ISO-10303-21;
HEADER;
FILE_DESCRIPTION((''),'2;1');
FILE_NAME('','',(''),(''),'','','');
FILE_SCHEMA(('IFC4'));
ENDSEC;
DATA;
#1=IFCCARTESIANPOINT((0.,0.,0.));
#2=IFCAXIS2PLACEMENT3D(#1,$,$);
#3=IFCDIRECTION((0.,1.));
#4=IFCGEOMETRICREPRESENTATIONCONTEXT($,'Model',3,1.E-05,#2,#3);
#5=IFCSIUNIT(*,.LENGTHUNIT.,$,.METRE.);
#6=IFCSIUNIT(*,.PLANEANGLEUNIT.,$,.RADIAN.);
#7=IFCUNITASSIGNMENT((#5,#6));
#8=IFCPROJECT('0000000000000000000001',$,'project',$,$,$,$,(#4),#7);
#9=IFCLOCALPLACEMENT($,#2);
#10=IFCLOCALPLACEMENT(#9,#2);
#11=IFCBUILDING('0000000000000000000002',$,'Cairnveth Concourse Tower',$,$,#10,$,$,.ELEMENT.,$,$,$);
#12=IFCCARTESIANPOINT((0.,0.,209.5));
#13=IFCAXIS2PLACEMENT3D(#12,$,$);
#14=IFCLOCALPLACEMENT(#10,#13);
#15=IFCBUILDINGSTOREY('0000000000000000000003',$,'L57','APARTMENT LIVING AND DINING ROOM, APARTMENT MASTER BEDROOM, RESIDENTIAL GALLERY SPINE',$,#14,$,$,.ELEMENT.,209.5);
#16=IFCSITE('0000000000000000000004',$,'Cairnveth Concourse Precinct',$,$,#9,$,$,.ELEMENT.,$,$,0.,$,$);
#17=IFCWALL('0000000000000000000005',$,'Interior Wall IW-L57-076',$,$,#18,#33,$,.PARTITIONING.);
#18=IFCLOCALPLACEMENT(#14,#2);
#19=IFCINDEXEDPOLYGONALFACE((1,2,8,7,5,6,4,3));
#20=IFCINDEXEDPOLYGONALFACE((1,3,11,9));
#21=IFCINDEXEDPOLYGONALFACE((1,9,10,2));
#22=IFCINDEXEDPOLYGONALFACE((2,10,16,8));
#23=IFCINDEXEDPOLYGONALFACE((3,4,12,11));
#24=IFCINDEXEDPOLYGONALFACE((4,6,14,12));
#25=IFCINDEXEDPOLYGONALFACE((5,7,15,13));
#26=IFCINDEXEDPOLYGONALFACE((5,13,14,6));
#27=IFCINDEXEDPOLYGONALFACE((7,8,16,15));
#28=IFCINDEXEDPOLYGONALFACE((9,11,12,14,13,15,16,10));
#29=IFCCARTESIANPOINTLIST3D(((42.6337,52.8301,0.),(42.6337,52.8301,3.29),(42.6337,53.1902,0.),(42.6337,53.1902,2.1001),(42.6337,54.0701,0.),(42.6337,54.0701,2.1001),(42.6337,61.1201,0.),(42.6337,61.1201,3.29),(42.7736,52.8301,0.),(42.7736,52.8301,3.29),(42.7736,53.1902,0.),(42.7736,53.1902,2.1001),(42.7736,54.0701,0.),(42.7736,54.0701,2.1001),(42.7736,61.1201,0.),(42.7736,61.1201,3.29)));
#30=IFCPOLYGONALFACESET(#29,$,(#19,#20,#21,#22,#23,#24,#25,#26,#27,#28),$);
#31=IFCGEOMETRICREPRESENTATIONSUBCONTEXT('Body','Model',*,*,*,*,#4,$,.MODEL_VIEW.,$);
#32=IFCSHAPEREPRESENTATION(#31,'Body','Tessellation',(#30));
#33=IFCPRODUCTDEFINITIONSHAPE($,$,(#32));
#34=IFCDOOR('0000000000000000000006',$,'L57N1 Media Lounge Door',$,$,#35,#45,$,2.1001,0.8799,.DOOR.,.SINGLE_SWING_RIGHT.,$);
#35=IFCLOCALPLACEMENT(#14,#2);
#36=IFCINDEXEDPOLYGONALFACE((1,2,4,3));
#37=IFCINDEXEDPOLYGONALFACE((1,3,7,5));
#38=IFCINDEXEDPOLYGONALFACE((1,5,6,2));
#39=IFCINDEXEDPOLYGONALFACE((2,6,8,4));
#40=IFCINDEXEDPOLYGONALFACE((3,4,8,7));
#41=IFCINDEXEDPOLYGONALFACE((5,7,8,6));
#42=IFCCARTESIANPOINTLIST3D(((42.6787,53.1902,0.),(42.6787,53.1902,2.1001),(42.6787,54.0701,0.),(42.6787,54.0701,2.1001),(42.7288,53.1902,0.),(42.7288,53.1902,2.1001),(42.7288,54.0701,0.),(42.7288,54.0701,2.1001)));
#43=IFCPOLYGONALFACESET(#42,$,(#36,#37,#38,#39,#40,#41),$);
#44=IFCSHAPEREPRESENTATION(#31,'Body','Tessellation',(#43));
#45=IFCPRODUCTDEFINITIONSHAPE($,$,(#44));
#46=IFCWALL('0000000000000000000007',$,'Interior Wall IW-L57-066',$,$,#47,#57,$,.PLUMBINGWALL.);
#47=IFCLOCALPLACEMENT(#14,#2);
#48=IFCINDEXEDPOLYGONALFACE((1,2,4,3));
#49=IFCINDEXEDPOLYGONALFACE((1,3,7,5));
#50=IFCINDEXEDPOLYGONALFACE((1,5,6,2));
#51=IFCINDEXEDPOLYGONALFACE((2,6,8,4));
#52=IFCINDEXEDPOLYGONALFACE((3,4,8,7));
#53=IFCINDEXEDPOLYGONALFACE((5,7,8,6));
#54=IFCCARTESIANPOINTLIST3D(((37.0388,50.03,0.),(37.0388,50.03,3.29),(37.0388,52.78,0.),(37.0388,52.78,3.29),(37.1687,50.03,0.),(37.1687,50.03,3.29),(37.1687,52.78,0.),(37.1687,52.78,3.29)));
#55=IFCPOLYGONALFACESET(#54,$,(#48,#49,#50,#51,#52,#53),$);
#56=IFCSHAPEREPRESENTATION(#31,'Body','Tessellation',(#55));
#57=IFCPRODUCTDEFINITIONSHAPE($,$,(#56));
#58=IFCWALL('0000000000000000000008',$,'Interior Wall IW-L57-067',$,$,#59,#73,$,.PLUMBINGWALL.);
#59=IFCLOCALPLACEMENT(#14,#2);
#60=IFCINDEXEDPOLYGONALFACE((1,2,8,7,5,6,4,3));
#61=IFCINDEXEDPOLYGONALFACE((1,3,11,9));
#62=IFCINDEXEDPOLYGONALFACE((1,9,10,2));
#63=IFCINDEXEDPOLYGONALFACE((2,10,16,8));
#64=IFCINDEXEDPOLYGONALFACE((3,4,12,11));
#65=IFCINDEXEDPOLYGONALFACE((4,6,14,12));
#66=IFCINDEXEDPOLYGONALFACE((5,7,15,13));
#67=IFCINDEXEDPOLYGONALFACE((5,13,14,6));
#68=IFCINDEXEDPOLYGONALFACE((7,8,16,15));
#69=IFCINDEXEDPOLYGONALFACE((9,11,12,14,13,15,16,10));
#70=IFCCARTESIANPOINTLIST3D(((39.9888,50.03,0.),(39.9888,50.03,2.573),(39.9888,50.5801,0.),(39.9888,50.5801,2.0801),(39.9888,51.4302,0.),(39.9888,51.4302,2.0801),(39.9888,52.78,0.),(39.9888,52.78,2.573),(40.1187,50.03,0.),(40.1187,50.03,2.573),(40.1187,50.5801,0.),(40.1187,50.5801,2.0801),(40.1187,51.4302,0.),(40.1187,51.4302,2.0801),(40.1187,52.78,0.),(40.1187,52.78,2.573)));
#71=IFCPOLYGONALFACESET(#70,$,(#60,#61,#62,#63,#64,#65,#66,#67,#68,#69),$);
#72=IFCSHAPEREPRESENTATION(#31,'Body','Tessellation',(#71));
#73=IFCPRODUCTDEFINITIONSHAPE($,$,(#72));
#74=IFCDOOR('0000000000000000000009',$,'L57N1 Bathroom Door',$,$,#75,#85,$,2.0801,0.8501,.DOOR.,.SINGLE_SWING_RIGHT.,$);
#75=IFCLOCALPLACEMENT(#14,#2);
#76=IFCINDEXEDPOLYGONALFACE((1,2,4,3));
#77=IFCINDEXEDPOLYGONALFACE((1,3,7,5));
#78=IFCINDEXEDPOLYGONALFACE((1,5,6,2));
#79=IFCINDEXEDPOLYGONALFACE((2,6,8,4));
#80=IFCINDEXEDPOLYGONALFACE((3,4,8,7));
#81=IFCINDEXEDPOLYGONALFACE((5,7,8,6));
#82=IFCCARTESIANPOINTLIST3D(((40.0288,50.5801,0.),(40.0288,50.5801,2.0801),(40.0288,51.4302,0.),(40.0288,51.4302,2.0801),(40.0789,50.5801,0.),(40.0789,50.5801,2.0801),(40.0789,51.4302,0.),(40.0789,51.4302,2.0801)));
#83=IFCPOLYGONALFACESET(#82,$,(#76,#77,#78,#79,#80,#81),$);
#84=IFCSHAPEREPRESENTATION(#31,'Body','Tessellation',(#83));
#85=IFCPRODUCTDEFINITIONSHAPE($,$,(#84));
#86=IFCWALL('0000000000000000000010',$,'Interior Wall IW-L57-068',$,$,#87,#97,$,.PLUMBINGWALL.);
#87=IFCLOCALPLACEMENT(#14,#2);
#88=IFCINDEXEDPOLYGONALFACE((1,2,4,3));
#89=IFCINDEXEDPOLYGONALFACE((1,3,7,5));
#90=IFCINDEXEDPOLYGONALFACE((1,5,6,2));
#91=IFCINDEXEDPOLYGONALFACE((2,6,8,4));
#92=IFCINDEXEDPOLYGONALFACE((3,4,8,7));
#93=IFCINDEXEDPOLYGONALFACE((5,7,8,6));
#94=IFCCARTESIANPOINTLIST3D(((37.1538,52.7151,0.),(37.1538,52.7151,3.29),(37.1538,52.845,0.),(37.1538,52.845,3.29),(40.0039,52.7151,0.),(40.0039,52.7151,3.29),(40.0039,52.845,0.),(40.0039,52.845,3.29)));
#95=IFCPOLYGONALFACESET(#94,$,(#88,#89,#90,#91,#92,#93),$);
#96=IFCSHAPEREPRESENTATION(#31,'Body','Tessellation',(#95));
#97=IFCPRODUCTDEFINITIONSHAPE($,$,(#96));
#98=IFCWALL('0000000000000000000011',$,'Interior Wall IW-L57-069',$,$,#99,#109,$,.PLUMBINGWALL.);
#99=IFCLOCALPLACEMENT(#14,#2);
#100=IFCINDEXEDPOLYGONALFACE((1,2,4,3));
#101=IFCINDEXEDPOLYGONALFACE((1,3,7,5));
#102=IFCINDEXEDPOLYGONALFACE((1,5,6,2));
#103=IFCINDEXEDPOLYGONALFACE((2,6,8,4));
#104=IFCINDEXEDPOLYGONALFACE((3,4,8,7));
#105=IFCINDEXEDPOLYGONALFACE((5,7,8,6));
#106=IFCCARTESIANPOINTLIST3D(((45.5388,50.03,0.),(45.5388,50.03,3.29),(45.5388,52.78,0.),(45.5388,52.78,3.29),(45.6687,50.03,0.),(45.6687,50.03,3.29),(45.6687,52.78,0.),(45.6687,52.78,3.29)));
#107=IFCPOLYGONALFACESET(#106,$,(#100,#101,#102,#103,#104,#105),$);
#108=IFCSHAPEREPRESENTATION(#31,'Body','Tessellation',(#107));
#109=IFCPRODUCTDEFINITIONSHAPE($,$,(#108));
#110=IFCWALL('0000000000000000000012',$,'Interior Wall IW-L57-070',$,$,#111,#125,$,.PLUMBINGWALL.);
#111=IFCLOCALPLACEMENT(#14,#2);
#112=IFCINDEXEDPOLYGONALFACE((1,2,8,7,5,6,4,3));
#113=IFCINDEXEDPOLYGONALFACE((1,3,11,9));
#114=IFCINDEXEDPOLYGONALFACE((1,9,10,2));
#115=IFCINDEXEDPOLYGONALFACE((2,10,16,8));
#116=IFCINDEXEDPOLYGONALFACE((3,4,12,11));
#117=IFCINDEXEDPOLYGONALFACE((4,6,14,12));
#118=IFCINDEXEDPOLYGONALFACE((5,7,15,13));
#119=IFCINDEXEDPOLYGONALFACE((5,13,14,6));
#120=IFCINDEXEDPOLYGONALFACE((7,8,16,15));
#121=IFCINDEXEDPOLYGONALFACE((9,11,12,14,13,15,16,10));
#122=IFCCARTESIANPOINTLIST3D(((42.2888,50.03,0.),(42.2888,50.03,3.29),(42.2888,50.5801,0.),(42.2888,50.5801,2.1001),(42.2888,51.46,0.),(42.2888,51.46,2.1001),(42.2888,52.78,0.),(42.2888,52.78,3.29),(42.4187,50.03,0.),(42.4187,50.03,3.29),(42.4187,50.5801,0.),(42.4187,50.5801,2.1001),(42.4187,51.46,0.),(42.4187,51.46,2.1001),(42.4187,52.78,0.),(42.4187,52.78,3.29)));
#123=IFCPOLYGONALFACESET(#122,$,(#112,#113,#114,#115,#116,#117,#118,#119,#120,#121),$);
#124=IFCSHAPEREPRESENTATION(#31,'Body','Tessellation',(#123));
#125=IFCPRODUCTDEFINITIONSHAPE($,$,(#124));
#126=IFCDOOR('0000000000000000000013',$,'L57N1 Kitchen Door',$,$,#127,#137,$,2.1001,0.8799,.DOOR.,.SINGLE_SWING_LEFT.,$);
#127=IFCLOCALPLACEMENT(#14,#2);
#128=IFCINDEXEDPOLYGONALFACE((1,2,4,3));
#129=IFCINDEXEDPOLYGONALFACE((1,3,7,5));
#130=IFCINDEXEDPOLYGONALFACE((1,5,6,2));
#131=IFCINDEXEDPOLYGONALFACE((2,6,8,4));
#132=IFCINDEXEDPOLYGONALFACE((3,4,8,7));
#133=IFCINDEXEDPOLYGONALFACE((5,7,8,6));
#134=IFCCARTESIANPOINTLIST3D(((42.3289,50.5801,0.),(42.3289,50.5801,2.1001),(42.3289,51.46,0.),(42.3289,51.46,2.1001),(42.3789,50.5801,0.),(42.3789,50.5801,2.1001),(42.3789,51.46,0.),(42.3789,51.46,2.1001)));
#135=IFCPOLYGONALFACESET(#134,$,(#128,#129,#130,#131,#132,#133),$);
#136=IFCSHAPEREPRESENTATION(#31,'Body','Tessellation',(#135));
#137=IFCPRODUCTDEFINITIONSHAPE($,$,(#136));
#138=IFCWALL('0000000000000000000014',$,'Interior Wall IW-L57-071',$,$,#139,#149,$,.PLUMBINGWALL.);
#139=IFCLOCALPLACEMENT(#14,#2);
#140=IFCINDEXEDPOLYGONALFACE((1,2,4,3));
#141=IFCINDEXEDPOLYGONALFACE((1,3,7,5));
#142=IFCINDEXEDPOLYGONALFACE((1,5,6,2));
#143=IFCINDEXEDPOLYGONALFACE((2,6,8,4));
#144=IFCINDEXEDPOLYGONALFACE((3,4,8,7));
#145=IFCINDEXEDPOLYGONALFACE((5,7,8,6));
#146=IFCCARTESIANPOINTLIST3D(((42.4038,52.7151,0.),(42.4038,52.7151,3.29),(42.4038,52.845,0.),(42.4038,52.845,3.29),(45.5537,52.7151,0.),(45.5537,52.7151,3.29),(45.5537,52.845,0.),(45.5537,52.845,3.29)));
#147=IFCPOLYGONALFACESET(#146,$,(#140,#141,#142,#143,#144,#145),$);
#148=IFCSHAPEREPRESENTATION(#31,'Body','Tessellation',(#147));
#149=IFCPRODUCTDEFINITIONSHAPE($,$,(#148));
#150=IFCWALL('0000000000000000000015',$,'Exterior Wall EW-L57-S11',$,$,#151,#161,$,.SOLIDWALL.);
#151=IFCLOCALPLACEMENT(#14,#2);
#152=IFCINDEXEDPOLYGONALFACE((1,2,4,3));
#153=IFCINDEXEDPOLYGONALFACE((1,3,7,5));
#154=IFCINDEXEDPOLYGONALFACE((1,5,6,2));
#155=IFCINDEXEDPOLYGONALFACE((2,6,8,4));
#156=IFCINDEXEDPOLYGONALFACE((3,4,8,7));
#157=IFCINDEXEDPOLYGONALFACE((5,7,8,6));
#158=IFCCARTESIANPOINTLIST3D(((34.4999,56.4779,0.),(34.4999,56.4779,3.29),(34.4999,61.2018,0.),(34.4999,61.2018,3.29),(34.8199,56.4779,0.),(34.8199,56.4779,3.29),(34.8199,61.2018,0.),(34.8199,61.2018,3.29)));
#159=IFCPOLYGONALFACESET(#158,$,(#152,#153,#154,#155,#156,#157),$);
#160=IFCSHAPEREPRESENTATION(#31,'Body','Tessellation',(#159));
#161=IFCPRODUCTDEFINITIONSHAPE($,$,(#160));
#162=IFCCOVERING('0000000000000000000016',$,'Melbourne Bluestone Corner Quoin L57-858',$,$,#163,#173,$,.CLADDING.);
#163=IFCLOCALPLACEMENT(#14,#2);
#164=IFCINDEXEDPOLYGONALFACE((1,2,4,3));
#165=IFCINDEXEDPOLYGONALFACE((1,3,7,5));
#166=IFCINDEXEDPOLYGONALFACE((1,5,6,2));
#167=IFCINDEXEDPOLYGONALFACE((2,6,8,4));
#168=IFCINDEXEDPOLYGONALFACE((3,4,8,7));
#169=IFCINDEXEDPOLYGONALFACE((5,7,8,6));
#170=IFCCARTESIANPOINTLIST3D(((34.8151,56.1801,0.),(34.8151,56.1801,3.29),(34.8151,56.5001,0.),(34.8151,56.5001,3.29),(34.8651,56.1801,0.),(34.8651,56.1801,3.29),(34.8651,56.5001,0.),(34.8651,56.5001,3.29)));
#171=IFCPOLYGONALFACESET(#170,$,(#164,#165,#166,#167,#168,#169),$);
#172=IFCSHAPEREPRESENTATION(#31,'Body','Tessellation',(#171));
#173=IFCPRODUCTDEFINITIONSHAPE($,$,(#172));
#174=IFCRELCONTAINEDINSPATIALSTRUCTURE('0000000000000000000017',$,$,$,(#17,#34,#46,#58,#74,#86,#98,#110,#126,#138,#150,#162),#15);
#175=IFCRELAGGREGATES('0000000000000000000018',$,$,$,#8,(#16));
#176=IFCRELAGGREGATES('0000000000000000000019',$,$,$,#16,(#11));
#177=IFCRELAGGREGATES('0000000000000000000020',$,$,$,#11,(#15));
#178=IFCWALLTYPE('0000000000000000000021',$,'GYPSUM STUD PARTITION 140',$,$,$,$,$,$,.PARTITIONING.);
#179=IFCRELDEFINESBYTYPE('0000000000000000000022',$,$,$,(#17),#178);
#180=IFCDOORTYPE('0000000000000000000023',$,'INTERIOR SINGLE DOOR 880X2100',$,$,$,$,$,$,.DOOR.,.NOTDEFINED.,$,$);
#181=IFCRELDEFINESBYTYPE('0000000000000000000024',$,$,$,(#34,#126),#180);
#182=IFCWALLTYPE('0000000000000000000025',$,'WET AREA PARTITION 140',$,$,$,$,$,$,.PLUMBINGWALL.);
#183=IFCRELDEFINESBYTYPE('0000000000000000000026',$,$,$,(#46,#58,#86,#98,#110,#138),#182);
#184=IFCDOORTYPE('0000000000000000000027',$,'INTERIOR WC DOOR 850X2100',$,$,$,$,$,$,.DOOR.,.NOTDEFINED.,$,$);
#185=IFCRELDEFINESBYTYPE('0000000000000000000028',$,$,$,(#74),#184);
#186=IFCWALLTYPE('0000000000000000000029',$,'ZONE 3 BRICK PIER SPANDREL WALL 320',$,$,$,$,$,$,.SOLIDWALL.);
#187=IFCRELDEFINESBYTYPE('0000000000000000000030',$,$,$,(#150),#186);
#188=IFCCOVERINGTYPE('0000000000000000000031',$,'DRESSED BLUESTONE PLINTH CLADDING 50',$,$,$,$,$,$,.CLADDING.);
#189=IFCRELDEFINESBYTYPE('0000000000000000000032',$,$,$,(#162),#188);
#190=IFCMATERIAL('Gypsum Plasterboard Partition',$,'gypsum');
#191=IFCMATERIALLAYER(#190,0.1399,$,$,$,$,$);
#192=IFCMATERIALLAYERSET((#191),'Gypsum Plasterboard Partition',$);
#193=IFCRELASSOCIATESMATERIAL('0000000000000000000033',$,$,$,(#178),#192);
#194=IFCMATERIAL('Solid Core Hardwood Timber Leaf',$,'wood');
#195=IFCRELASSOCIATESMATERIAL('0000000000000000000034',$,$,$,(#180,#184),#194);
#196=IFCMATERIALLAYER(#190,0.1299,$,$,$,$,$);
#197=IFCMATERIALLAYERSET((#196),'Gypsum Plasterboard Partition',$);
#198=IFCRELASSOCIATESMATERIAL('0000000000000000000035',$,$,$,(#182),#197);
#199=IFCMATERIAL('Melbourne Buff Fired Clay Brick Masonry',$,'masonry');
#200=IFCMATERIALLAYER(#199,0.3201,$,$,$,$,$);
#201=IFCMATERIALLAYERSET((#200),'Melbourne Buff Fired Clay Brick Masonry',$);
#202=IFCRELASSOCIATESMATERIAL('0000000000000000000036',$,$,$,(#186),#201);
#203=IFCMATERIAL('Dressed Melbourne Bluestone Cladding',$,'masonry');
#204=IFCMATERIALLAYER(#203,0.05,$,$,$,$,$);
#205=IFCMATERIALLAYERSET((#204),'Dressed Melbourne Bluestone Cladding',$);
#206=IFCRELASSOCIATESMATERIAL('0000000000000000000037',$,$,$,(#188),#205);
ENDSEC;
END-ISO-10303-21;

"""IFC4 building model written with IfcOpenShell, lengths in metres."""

from ifc_helpers import new_model, si_unit, direction, frame, frame_2d, origin, place, context, subcontext, project, spatial, rectangle, extrude, material, layer, layer_set, type_object, element, fill, save


model = new_model("IFC4")

# Units and contexts
model_context = context("Model", 3, precision=1e-05, world=origin(), true_north=direction((0.0, 1.0)))
body_context = subcontext(model_context, "Body", "Model", "MODEL_VIEW")
ifc_project = project(units=[si_unit("LENGTHUNIT", "METRE"), si_unit("PLANEANGLEUNIT", "RADIAN")], contexts=[model_context])

# Site, building, storey
site_placement = place(None, origin())
site = spatial("IfcSite", under=ifc_project, at=site_placement, Name="Cairnveth Concourse Precinct", CompositionType="ELEMENT", RefElevation=0.0)
building_placement = place(site_placement, origin())
building = spatial("IfcBuilding", under=site, at=building_placement, Name="Cairnveth Concourse Tower", CompositionType="ELEMENT")
storey_placement = place(building_placement, frame((0.0, 0.0, 209.5)))
storey = spatial("IfcBuildingStorey", under=building, at=storey_placement, Name="L57", Description="APARTMENT LIVING AND DINING ROOM, APARTMENT MASTER BEDROOM, RESIDENTIAL GALLERY SPINE", CompositionType="ELEMENT", Elevation=209.5)

# Wall, opening, door
ifc_material_1 = material(Name="Gypsum Plasterboard Partition", Category="gypsum")
ifc_layer_1 = layer(ifc_material_1, 0.1399)
ifc_layer_set_1 = layer_set([ifc_layer_1], Name="Gypsum Plasterboard Partition")
wall_type_1 = type_object("IfcWallType", Name="GYPSUM STUD PARTITION 140", PredefinedType="PARTITIONING", material=ifc_layer_set_1)
ifc_material_2 = material(Name="Solid Core Hardwood Timber Leaf", Category="wood")
door_type_1 = type_object("IfcDoorType", Name="INTERIOR SINGLE DOOR 880X2100", OperationType="NOTDEFINED", PredefinedType="DOOR", material=ifc_material_2)
wall_1_placement = place(storey_placement, frame((42.7036, 52.8301, 0.0), z_axis=(0.0, 0.0, 1.0), x_axis=(0.0, 1.0, 0.0)))
wall_1 = element("IfcWall", 1, at=wall_1_placement, inside=storey, type_object=wall_type_1, Name="Interior Wall IW-L57-076", PredefinedType="PARTITIONING", context=body_context, shape_type="SweptSolid", body=[
    extrude(rectangle(XDim=8.29, YDim=0.1399, at=frame_2d((4.145, 0.0))), origin(), (0.0, 0.0, 1.0), 3.29),
])
opening_1_placement = place(wall_1_placement, frame((0.3601, 0.0, 0.0)))
opening_1 = element("IfcOpeningElement", 2, at=opening_1_placement, cuts=wall_1, PredefinedType="OPENING", context=body_context, shape_type="SweptSolid", body=[
    extrude(rectangle(XDim=0.8799, YDim=2.1001, at=frame_2d((0.4399, 1.05))), frame((0.0, 0.0798, 0.0), z_axis=(0.0, -1.0, 0.0), x_axis=(1.0, 0.0, 0.0)), (0.0, 0.0, 1.0), 0.1599),
])
door_1_placement = place(opening_1_placement, origin())
door_1 = element("IfcDoor", 3, at=door_1_placement, inside=storey, type_object=door_type_1, Name="L57N1 Media Lounge Door", OperationType="SINGLE_SWING_RIGHT", OverallHeight=2.1001, OverallWidth=0.8799, PredefinedType="DOOR", context=body_context, shape_type="SweptSolid", body=[
    extrude(rectangle(XDim=0.8799, YDim=2.1001, at=frame_2d((0.4399, 1.05))), frame((0.0, 0.0249, 0.0), z_axis=(0.0, -1.0, 0.0), x_axis=(1.0, 0.0, 0.0)), (0.0, 0.0, 1.0), 0.05),
])
fill(opening_1, door_1)

# Wall
ifc_layer_2 = layer(ifc_material_1, 0.1299)
ifc_layer_set_2 = layer_set([ifc_layer_2], Name="Gypsum Plasterboard Partition")
wall_type_2 = type_object("IfcWallType", Name="WET AREA PARTITION 140", PredefinedType="PLUMBINGWALL", material=ifc_layer_set_2)
wall_2_placement = place(storey_placement, frame((37.1038, 50.03, 0.0), z_axis=(0.0, 0.0, 1.0), x_axis=(0.0, 1.0, 0.0)))
element("IfcWall", 4, at=wall_2_placement, inside=storey, type_object=wall_type_2, Name="Interior Wall IW-L57-066", PredefinedType="PLUMBINGWALL", context=body_context, shape_type="SweptSolid", body=[
    extrude(rectangle(XDim=2.75, YDim=0.1299, at=frame_2d((1.375, 0.0))), origin(), (0.0, 0.0, 1.0), 3.29),
])

# Wall, opening, door
wall_3_placement = place(storey_placement, frame((40.0537, 50.03, 0.0), z_axis=(0.0, 0.0, 1.0), x_axis=(0.0, 1.0, 0.0)))
wall_3 = element("IfcWall", 5, at=wall_3_placement, inside=storey, type_object=wall_type_2, Name="Interior Wall IW-L57-067", PredefinedType="PLUMBINGWALL", context=body_context, shape_type="SweptSolid", body=[
    extrude(rectangle(XDim=2.75, YDim=0.1299, at=frame_2d((1.375, 0.0))), origin(), (0.0, 0.0, 1.0), 2.573),
])
opening_2_placement = place(wall_3_placement, frame((0.55, 0.0, 0.0)))
opening_2 = element("IfcOpeningElement", 6, at=opening_2_placement, cuts=wall_3, PredefinedType="OPENING", context=body_context, shape_type="SweptSolid", body=[
    extrude(rectangle(XDim=0.8501, YDim=2.0801, at=frame_2d((0.425, 1.04))), frame((0.0, 0.075, 0.0), z_axis=(0.0, -1.0, 0.0), x_axis=(1.0, 0.0, 0.0)), (0.0, 0.0, 1.0), 0.1499),
])
door_type_2 = type_object("IfcDoorType", Name="INTERIOR WC DOOR 850X2100", OperationType="NOTDEFINED", PredefinedType="DOOR", material=ifc_material_2)
door_2_placement = place(opening_2_placement, origin())
door_2 = element("IfcDoor", 7, at=door_2_placement, inside=storey, type_object=door_type_2, Name="L57N1 Bathroom Door", OperationType="SINGLE_SWING_RIGHT", OverallHeight=2.0801, OverallWidth=0.8501, PredefinedType="DOOR", context=body_context, shape_type="SweptSolid", body=[
    extrude(rectangle(XDim=0.8501, YDim=2.0801, at=frame_2d((0.425, 1.04))), frame((0.0, 0.0249, 0.0), z_axis=(0.0, -1.0, 0.0), x_axis=(1.0, 0.0, 0.0)), (0.0, 0.0, 1.0), 0.05),
])
fill(opening_2, door_2)

# Walls
wall_4_placement = place(storey_placement, frame((37.1538, 52.78, 0.0), z_axis=(0.0, 0.0, 1.0), x_axis=(1.0, 0.0, 0.0)))
element("IfcWall", 8, at=wall_4_placement, inside=storey, type_object=wall_type_2, Name="Interior Wall IW-L57-068", PredefinedType="PLUMBINGWALL", context=body_context, shape_type="SweptSolid", body=[
    extrude(rectangle(XDim=2.8501, YDim=0.1299, at=frame_2d((1.425, 0.0))), origin(), (0.0, 0.0, 1.0), 3.29),
])
wall_5_placement = place(storey_placement, frame((45.6038, 50.03, 0.0), z_axis=(0.0, 0.0, 1.0), x_axis=(0.0, 1.0, 0.0)))
element("IfcWall", 9, at=wall_5_placement, inside=storey, type_object=wall_type_2, Name="Interior Wall IW-L57-069", PredefinedType="PLUMBINGWALL", context=body_context, shape_type="SweptSolid", body=[
    extrude(rectangle(XDim=2.75, YDim=0.1299, at=frame_2d((1.375, 0.0))), origin(), (0.0, 0.0, 1.0), 3.29),
])

# Wall, opening, door
wall_6_placement = place(storey_placement, frame((42.3538, 50.03, 0.0), z_axis=(0.0, 0.0, 1.0), x_axis=(0.0, 1.0, 0.0)))
wall_6 = element("IfcWall", 10, at=wall_6_placement, inside=storey, type_object=wall_type_2, Name="Interior Wall IW-L57-070", PredefinedType="PLUMBINGWALL", context=body_context, shape_type="SweptSolid", body=[
    extrude(rectangle(XDim=2.75, YDim=0.1299, at=frame_2d((1.375, 0.0))), origin(), (0.0, 0.0, 1.0), 3.29),
])
opening_3_placement = place(wall_6_placement, frame((0.55, 0.0, 0.0)))
opening_3 = element("IfcOpeningElement", 11, at=opening_3_placement, cuts=wall_6, PredefinedType="OPENING", context=body_context, shape_type="SweptSolid", body=[
    extrude(rectangle(XDim=0.8799, YDim=2.1001, at=frame_2d((0.4399, 1.05))), frame((0.0, 0.075, 0.0), z_axis=(0.0, -1.0, 0.0), x_axis=(1.0, 0.0, 0.0)), (0.0, 0.0, 1.0), 0.1499),
])
door_3_placement = place(opening_3_placement, origin())
door_3 = element("IfcDoor", 12, at=door_3_placement, inside=storey, type_object=door_type_1, Name="L57N1 Kitchen Door", OperationType="SINGLE_SWING_LEFT", OverallHeight=2.1001, OverallWidth=0.8799, PredefinedType="DOOR", context=body_context, shape_type="SweptSolid", body=[
    extrude(rectangle(XDim=0.8799, YDim=2.1001, at=frame_2d((0.4399, 1.05))), frame((0.0, 0.0249, 0.0), z_axis=(0.0, -1.0, 0.0), x_axis=(1.0, 0.0, 0.0)), (0.0, 0.0, 1.0), 0.05),
])
fill(opening_3, door_3)

# Walls
wall_7_placement = place(storey_placement, frame((42.4038, 52.78, 0.0), z_axis=(0.0, 0.0, 1.0), x_axis=(1.0, 0.0, 0.0)))
element("IfcWall", 13, at=wall_7_placement, inside=storey, type_object=wall_type_2, Name="Interior Wall IW-L57-071", PredefinedType="PLUMBINGWALL", context=body_context, shape_type="SweptSolid", body=[
    extrude(rectangle(XDim=3.1499, YDim=0.1299, at=frame_2d((1.575, 0.0))), origin(), (0.0, 0.0, 1.0), 3.29),
])
ifc_material_3 = material(Name="Melbourne Buff Fired Clay Brick Masonry", Category="masonry")
ifc_layer_3 = layer(ifc_material_3, 0.3201)
ifc_layer_set_3 = layer_set([ifc_layer_3], Name="Melbourne Buff Fired Clay Brick Masonry")
wall_type_3 = type_object("IfcWallType", Name="ZONE 3 BRICK PIER SPANDREL WALL 320", PredefinedType="SOLIDWALL", material=ifc_layer_set_3)
wall_8_placement = place(storey_placement, frame((34.6599, 56.478, 0.0), z_axis=(0.0, 0.0, 1.0), x_axis=(0.0, 1.0, 0.0)))
element("IfcWall", 14, at=wall_8_placement, inside=storey, type_object=wall_type_3, Name="Exterior Wall EW-L57-S11", PredefinedType="SOLIDWALL", context=body_context, shape_type="SweptSolid", body=[
    extrude(rectangle(XDim=4.7239, YDim=0.3201, at=frame_2d((2.3618, 0.0))), origin(), (0.0, 0.0, 1.0), 3.29),
])

# Covering
ifc_material_4 = material(Name="Dressed Melbourne Bluestone Cladding", Category="masonry")
ifc_layer_4 = layer(ifc_material_4, 0.05)
ifc_layer_set_4 = layer_set([ifc_layer_4], Name="Dressed Melbourne Bluestone Cladding")
covering_type = type_object("IfcCoveringType", Name="DRESSED BLUESTONE PLINTH CLADDING 50", PredefinedType="CLADDING", material=ifc_layer_set_4)
for number, where, z_axis, x_axis, name in (
    (15, (34.8401, 56.1799, 0.0), (0.0, 0.0, 1.0), (0.0, 1.0, 0.0), "Melbourne Bluestone Corner Quoin L57-858"),
):
    element("IfcCovering", number, at=place(storey_placement, frame(where, z_axis=z_axis, x_axis=x_axis)), inside=storey, type_object=covering_type, Name=name, PredefinedType="CLADDING", context=body_context, shape_type="SweptSolid", body=[
        extrude(rectangle(XDim=0.3201, YDim=0.05, at=frame_2d((0.1602, 0.0))), origin(), (0.0, 0.0, 1.0), 3.29),
    ])

save(model, "model.ifc")
